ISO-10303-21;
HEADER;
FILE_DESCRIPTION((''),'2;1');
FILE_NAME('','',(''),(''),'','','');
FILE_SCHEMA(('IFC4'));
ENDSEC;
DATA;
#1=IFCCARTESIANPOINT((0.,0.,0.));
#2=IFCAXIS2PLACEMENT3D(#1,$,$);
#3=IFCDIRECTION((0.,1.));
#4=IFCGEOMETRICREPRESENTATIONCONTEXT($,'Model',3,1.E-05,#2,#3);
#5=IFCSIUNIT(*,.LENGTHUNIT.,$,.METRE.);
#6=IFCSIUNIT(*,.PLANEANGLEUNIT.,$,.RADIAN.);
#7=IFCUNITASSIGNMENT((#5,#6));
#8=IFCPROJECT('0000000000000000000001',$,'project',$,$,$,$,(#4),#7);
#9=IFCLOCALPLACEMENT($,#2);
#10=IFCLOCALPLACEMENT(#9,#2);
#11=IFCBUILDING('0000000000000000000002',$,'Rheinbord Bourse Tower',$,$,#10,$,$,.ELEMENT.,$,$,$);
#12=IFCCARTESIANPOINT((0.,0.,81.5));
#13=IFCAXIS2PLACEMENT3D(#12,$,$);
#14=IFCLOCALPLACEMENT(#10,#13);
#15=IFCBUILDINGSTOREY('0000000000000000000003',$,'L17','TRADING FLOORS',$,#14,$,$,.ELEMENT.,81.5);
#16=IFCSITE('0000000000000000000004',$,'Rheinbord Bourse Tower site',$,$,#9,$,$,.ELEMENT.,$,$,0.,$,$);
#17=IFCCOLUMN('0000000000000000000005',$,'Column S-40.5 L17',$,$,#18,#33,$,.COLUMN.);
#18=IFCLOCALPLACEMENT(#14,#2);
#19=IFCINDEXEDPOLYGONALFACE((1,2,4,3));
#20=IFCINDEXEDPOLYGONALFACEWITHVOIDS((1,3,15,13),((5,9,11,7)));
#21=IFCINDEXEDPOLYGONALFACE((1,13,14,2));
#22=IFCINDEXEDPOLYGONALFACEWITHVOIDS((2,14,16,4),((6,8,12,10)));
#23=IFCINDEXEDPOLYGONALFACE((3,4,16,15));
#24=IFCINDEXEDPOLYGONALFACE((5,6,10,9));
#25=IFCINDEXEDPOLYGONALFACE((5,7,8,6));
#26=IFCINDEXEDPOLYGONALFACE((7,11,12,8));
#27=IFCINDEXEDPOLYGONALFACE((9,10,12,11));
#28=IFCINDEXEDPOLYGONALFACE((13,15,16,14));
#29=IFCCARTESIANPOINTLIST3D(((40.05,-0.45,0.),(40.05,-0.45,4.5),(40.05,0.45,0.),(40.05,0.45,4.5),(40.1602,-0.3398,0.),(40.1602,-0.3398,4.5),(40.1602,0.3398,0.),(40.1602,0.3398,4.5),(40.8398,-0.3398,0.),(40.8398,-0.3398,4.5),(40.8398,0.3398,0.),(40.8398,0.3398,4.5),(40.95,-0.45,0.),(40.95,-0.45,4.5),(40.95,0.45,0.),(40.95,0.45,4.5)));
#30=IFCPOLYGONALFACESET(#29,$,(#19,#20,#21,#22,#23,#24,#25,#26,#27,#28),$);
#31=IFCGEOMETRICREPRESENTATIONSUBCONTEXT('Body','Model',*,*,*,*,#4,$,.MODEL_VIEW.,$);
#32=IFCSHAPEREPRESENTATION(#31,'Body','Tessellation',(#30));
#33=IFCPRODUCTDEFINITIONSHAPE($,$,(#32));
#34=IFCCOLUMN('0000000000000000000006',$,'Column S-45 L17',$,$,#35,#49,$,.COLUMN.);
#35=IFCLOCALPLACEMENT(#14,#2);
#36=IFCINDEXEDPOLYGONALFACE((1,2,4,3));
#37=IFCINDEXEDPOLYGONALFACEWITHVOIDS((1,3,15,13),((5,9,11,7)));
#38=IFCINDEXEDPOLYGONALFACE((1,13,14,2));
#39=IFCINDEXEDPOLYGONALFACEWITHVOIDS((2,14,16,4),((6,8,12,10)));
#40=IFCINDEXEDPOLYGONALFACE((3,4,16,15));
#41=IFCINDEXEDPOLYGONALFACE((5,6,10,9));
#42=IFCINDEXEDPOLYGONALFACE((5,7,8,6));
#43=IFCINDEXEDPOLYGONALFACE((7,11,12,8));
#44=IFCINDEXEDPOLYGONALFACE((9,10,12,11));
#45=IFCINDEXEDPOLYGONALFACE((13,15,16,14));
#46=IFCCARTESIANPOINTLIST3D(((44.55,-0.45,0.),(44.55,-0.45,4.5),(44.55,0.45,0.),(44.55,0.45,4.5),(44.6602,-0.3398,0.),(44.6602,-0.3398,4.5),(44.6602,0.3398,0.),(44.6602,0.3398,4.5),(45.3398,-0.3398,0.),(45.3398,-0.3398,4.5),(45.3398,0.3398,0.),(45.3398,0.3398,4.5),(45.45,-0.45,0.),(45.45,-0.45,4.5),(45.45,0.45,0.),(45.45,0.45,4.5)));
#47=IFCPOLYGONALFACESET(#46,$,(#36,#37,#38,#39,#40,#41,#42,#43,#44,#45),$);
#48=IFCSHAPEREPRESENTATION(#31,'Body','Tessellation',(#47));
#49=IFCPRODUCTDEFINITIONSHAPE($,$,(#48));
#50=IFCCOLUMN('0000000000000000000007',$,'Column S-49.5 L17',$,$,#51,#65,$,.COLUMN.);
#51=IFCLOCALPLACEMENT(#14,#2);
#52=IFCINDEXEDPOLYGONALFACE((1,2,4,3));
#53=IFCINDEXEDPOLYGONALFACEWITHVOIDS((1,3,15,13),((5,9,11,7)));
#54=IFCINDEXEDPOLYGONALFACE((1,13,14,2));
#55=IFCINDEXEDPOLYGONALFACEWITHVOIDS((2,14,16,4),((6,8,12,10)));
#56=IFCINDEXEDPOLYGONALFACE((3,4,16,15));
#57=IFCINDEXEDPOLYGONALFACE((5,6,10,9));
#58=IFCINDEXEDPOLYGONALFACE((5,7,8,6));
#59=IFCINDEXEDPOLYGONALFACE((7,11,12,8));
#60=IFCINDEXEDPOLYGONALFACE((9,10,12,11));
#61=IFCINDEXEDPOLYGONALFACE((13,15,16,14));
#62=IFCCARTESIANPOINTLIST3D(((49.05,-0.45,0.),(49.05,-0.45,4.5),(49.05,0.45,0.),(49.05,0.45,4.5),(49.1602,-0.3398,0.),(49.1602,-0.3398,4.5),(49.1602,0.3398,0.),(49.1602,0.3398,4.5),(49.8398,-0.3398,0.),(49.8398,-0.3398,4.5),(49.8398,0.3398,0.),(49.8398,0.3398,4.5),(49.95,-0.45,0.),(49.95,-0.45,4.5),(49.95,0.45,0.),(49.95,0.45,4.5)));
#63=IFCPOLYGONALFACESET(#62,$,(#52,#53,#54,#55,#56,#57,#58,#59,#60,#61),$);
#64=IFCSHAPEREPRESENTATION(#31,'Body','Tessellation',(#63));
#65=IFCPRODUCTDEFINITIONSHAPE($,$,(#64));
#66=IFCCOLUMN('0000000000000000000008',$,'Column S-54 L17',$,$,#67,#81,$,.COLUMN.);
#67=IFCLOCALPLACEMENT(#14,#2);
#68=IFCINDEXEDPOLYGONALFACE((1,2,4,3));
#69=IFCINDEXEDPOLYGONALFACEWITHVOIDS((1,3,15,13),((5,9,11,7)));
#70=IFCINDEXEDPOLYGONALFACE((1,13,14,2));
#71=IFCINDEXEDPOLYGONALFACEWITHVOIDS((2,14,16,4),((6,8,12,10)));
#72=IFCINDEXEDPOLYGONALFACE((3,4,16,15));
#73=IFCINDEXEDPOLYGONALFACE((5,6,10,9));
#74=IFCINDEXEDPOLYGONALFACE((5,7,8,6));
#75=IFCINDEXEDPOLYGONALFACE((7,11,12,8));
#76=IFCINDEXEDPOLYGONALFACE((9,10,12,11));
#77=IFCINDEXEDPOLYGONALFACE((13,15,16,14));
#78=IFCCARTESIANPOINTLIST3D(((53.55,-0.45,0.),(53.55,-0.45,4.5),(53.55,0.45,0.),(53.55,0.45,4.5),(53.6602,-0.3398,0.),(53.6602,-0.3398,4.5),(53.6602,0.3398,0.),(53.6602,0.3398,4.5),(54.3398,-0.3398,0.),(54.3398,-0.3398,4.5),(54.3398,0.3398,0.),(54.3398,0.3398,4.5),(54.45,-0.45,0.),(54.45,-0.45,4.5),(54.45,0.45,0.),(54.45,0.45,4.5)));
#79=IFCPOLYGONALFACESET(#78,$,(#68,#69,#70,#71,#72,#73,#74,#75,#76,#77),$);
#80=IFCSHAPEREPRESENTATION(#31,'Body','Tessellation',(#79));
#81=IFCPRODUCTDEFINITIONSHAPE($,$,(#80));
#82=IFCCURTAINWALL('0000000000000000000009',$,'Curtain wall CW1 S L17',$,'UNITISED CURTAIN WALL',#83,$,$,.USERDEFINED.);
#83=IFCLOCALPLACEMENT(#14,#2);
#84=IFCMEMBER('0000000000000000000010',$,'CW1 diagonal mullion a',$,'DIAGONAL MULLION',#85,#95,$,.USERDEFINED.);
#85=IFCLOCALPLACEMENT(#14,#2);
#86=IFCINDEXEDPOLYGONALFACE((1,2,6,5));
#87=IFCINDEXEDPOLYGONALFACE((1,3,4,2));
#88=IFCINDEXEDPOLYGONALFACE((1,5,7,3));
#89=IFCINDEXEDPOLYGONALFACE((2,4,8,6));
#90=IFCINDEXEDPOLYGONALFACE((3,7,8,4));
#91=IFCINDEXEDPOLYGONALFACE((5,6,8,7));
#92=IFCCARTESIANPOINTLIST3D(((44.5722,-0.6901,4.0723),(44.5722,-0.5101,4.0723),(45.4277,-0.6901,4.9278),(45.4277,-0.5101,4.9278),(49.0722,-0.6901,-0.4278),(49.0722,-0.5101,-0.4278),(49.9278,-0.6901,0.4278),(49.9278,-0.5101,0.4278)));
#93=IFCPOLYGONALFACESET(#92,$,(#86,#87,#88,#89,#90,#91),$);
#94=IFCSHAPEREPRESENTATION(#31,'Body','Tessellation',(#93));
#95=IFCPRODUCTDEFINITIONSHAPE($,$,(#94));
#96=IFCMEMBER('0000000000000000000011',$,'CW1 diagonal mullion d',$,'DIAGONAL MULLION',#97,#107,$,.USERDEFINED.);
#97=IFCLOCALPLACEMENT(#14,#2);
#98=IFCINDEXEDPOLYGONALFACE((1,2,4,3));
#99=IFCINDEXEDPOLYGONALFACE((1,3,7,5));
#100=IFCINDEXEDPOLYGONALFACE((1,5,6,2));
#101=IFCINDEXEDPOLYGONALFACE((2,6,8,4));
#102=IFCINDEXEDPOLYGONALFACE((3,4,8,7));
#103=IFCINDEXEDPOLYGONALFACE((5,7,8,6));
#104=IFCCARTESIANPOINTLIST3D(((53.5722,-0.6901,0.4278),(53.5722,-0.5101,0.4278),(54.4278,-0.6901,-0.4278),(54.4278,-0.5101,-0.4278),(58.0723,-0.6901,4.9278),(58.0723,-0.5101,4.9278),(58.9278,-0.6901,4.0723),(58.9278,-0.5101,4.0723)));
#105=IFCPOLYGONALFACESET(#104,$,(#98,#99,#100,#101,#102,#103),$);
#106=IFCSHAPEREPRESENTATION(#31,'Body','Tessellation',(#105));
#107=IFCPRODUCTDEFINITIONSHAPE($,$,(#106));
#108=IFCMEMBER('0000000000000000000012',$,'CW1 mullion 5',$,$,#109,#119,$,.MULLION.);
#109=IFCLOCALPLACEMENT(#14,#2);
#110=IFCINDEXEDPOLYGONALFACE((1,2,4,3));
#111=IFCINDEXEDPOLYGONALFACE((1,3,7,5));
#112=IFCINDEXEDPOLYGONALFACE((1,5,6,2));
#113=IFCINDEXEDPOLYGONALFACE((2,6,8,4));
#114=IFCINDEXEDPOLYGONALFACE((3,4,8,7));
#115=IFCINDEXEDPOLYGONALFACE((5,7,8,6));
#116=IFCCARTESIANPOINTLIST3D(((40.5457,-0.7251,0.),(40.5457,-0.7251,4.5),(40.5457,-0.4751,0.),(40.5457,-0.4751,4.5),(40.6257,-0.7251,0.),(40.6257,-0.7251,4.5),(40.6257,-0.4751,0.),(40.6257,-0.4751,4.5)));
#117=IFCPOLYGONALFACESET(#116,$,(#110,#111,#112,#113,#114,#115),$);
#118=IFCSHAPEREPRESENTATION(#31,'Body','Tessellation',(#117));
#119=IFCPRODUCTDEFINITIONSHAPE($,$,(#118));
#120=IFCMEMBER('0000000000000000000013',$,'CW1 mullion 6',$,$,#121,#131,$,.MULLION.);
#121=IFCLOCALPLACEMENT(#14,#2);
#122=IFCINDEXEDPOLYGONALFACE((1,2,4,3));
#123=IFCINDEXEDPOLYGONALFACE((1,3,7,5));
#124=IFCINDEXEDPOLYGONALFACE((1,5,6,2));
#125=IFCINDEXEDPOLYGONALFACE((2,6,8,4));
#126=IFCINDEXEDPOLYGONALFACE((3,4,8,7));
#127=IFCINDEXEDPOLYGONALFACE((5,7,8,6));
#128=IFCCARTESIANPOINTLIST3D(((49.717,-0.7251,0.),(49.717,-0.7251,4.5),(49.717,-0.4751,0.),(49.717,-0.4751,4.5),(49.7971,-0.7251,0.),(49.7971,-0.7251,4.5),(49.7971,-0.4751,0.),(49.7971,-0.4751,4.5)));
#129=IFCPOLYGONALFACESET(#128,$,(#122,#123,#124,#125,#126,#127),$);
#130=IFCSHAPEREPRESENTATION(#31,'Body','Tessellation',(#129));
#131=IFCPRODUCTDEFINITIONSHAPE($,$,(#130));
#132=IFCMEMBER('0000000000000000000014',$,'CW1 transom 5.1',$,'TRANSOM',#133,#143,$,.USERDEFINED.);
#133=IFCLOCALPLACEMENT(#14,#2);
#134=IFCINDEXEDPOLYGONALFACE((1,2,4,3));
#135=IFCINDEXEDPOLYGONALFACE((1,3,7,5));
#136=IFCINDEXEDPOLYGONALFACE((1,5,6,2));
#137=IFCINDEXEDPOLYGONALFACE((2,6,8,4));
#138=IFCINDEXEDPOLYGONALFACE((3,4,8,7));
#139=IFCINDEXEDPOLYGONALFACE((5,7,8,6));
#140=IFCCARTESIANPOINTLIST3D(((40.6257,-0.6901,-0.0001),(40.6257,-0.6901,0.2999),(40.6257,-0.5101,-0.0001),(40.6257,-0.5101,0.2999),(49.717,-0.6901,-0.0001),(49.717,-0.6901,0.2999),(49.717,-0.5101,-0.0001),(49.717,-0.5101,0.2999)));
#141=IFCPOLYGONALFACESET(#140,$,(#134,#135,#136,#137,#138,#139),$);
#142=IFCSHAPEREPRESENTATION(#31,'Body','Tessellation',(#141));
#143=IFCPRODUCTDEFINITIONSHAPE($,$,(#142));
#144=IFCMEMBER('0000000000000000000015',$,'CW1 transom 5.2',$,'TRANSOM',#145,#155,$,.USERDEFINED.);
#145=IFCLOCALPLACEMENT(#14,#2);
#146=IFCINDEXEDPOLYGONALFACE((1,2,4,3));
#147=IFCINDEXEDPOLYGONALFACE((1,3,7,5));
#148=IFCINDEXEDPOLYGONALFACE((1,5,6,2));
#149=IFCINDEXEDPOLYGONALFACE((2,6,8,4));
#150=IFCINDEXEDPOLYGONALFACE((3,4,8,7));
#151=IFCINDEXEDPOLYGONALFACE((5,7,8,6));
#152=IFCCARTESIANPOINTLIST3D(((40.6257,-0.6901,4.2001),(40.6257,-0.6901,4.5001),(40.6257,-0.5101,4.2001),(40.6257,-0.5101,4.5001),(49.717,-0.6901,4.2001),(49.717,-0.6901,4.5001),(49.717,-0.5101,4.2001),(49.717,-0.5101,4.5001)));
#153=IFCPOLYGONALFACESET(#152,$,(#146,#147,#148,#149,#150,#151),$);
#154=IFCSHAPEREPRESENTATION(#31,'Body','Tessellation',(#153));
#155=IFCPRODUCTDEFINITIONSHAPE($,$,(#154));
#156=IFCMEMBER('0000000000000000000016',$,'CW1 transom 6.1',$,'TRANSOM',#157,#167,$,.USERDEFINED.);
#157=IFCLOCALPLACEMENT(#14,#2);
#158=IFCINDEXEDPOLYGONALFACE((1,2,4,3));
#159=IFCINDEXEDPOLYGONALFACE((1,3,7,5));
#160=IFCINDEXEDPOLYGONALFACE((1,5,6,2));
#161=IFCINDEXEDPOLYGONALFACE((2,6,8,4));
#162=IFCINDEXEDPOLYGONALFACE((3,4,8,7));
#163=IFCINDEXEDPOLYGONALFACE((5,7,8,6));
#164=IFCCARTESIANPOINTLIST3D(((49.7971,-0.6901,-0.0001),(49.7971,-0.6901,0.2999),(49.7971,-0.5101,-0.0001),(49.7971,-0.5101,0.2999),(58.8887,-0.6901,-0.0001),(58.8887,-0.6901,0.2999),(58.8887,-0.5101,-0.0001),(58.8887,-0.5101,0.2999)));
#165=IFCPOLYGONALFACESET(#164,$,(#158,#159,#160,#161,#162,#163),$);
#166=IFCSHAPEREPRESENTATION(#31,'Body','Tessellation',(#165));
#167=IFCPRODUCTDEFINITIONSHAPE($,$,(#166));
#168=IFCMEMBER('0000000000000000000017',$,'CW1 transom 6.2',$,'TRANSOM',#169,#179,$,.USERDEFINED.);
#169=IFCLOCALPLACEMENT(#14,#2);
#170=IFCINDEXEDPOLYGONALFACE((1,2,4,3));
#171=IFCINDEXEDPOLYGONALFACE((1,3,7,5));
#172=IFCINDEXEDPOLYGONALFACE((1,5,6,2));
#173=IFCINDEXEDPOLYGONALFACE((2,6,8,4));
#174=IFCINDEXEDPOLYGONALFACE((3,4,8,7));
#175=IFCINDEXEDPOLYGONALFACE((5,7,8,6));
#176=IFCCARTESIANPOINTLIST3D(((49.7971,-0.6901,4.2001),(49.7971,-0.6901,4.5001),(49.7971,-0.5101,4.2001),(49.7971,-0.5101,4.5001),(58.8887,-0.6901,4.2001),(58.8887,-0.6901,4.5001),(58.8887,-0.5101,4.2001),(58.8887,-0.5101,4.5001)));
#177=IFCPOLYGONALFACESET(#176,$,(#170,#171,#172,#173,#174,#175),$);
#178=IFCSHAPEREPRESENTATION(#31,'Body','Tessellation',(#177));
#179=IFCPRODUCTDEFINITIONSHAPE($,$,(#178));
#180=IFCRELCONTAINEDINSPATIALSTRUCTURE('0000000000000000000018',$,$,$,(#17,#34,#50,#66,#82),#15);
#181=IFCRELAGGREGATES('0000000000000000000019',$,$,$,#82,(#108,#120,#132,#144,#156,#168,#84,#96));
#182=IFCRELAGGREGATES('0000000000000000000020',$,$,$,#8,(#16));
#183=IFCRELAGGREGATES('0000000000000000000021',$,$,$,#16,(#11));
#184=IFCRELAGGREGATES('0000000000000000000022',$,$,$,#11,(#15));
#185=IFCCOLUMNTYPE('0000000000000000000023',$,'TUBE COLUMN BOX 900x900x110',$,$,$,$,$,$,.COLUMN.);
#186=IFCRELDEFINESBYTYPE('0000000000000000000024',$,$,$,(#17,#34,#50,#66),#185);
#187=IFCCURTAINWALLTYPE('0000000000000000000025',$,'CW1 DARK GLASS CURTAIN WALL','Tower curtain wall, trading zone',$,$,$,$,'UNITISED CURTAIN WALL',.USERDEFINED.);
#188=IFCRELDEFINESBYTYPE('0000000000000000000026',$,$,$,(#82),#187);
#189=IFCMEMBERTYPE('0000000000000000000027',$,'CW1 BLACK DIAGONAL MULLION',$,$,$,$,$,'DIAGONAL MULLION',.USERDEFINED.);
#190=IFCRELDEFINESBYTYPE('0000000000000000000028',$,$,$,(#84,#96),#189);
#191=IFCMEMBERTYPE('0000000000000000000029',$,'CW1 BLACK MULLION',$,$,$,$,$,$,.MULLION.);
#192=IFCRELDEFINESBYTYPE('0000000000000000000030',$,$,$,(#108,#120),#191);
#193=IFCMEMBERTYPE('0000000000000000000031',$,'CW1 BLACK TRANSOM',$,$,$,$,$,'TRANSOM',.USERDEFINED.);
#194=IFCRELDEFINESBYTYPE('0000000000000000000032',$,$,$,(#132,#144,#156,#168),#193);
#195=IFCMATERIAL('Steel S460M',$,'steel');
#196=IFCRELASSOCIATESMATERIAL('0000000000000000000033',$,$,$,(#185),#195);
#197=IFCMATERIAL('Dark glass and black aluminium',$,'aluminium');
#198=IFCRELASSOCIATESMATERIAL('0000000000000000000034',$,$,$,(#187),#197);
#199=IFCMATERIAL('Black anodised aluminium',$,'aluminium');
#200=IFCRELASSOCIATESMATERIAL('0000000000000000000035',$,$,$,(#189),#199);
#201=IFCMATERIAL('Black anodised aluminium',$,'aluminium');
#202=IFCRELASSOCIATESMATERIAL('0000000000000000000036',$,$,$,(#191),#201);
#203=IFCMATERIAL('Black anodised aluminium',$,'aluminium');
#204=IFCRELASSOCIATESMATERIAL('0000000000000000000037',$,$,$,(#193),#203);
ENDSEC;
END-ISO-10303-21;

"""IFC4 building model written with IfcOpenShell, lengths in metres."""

from ifc_helpers import new_model, si_unit, direction, frame, origin, origin_2d, place, context, subcontext, project, spatial, rectangle, hollow_rectangle, extrude, material, material_profile, profile_set, type_object, element, aggregate, save


model = new_model("IFC4")

# Units and contexts
model_context = context("Model", 3, precision=1e-05, world=origin(), true_north=direction((0.0, 1.0)))
body_context = subcontext(model_context, "Body", "Model", "MODEL_VIEW")
ifc_project = project(units=[si_unit("LENGTHUNIT", "METRE"), si_unit("PLANEANGLEUNIT", "RADIAN")], contexts=[model_context])

# Site, building, storey
site_placement = place(None, origin())
site = spatial("IfcSite", under=ifc_project, at=site_placement, Name="Rheinbord Bourse Tower site", CompositionType="ELEMENT", RefElevation=0.0)
building_placement = place(site_placement, origin())
building = spatial("IfcBuilding", under=site, at=building_placement, Name="Rheinbord Bourse Tower", CompositionType="ELEMENT")
storey_placement = place(building_placement, frame((0.0, 0.0, 81.5)))
storey = spatial("IfcBuildingStorey", under=building, at=storey_placement, Name="L17", Description="TRADING FLOORS", CompositionType="ELEMENT", Elevation=81.5)

# Columns
ifc_material_1 = material(Name="Steel S460M", Category="steel")
ifc_material_profile_1 = material_profile(ifc_material_1, hollow_rectangle(XDim=0.8999, YDim=0.8999, WallThickness=0.1101, at=origin_2d()), Name="BOX 900x900x110")
ifc_profile_set_1 = profile_set([ifc_material_profile_1], Name="Steel S460M")
column_type = type_object("IfcColumnType", Name="TUBE COLUMN BOX 900x900x110", PredefinedType="COLUMN", material=ifc_profile_set_1)
for number, where, z_axis, x_axis, name in (
    (1, (40.5, 0.0, 0.0), (0.0, 0.0, 1.0), (0.0, 1.0, 0.0), "Column S-40.5 L17"),
    (2, (45.0, 0.0, 0.0), (0.0, 0.0, 1.0), (0.0, 1.0, 0.0), "Column S-45 L17"),
    (3, (49.5, 0.0, 0.0), (0.0, 0.0, 1.0), (0.0, 1.0, 0.0), "Column S-49.5 L17"),
    (4, (54.0, 0.0, 0.0), (0.0, 0.0, 1.0), (0.0, 1.0, 0.0), "Column S-54 L17"),
):
    element("IfcColumn", number, at=place(storey_placement, frame(where, z_axis=z_axis, x_axis=x_axis)), inside=storey, type_object=column_type, Name=name, PredefinedType="COLUMN", context=body_context, shape_type="SweptSolid", body=[
        extrude(hollow_rectangle(XDim=0.8999, YDim=0.8999, WallThickness=0.1101, at=origin_2d()), origin(), (0.0, 0.0, 1.0), 4.5),
    ])

# Curtain wall, members
ifc_material_2 = material(Name="Dark glass and black aluminium", Category="aluminium")
curtain_wall_type = type_object("IfcCurtainWallType", Name="CW1 DARK GLASS CURTAIN WALL", Description="Tower curtain wall, trading zone", ElementType="UNITISED CURTAIN WALL", PredefinedType="USERDEFINED", material=ifc_material_2)
curtain_wall_placement = place(storey_placement, origin())
curtain_wall = element("IfcCurtainWall", 5, at=curtain_wall_placement, inside=storey, type_object=curtain_wall_type, Name="Curtain wall CW1 S L17", ObjectType="UNITISED CURTAIN WALL", PredefinedType="USERDEFINED")
ifc_material_3 = material(Name="Black anodised aluminium", Category="aluminium")
ifc_material_profile_2 = material_profile(ifc_material_3, rectangle(XDim=0.1799, YDim=1.21, at=origin_2d()), Name="CW1 DIAGONAL MULLION 1210x180")
ifc_profile_set_2 = profile_set([ifc_material_profile_2], Name="Black anodised aluminium")
member_type_1 = type_object("IfcMemberType", Name="CW1 BLACK DIAGONAL MULLION", ElementType="DIAGONAL MULLION", PredefinedType="USERDEFINED", material=ifc_profile_set_2)
member_1_placement = place(storey_placement, frame((49.5, -0.6001, 0.0), z_axis=(-0.707107, 0.0, 0.707107), x_axis=(0.0, -1.0, 0.0)))
member_1 = element("IfcMember", 6, at=member_1_placement, type_object=member_type_1, Name="CW1 diagonal mullion a", ObjectType="DIAGONAL MULLION", PredefinedType="USERDEFINED", context=body_context, shape_type="SweptSolid", body=[
    extrude(rectangle(XDim=0.1799, YDim=1.21, at=origin_2d()), origin(), (0.0, 0.0, 1.0), 6.364),
])
member_2_placement = place(storey_placement, frame((54.0, -0.6001, 0.0), z_axis=(0.707107, 0.0, 0.707107), x_axis=(0.0, 1.0, 0.0)))
member_2 = element("IfcMember", 7, at=member_2_placement, type_object=member_type_1, Name="CW1 diagonal mullion d", ObjectType="DIAGONAL MULLION", PredefinedType="USERDEFINED", context=body_context, shape_type="SweptSolid", body=[
    extrude(rectangle(XDim=0.1799, YDim=1.21, at=origin_2d()), origin(), (0.0, 0.0, 1.0), 6.364),
])
ifc_material_4 = material(Name="Black anodised aluminium", Category="aluminium")
ifc_material_profile_3 = material_profile(ifc_material_4, rectangle(XDim=0.25, YDim=0.0801, at=origin_2d()), Name="CW1 MULLION 80x250")
ifc_profile_set_3 = profile_set([ifc_material_profile_3], Name="Black anodised aluminium")
member_type_2 = type_object("IfcMemberType", Name="CW1 BLACK MULLION", PredefinedType="MULLION", material=ifc_profile_set_3)
member_3_placement = place(storey_placement, frame((40.5857, -0.6001, 0.0), z_axis=(0.0, 0.0, 1.0), x_axis=(0.0, 1.0, 0.0)))
member_3 = element("IfcMember", 8, at=member_3_placement, type_object=member_type_2, Name="CW1 mullion 5", PredefinedType="MULLION", context=body_context, shape_type="SweptSolid", body=[
    extrude(rectangle(XDim=0.25, YDim=0.0801, at=origin_2d()), origin(), (0.0, 0.0, 1.0), 4.5),
])
member_4_placement = place(storey_placement, frame((49.7571, -0.6001, 0.0), z_axis=(0.0, 0.0, 1.0), x_axis=(0.0, 1.0, 0.0)))
member_4 = element("IfcMember", 9, at=member_4_placement, type_object=member_type_2, Name="CW1 mullion 6", PredefinedType="MULLION", context=body_context, shape_type="SweptSolid", body=[
    extrude(rectangle(XDim=0.25, YDim=0.0801, at=origin_2d()), origin(), (0.0, 0.0, 1.0), 4.5),
])
ifc_material_5 = material(Name="Black anodised aluminium", Category="aluminium")
ifc_material_profile_4 = material_profile(ifc_material_5, rectangle(XDim=0.1799, YDim=0.3, at=origin_2d()), Name="CW1 TRANSOM 300x180")
ifc_profile_set_4 = profile_set([ifc_material_profile_4], Name="Black anodised aluminium")
member_type_3 = type_object("IfcMemberType", Name="CW1 BLACK TRANSOM", ElementType="TRANSOM", PredefinedType="USERDEFINED", material=ifc_profile_set_4)
member_5_placement = place(storey_placement, frame((40.6257, -0.6001, 0.1499), z_axis=(1.0, 0.0, 0.0), x_axis=(0.0, 1.0, 0.0)))
member_5 = element("IfcMember", 10, at=member_5_placement, type_object=member_type_3, Name="CW1 transom 5.1", ObjectType="TRANSOM", PredefinedType="USERDEFINED", context=body_context, shape_type="SweptSolid", body=[
    extrude(rectangle(XDim=0.1799, YDim=0.3, at=origin_2d()), origin(), (0.0, 0.0, 1.0), 9.0913),
])
member_6_placement = place(storey_placement, frame((40.6257, -0.6001, 4.3501), z_axis=(1.0, 0.0, 0.0), x_axis=(0.0, 1.0, 0.0)))
member_6 = element("IfcMember", 11, at=member_6_placement, type_object=member_type_3, Name="CW1 transom 5.2", ObjectType="TRANSOM", PredefinedType="USERDEFINED", context=body_context, shape_type="SweptSolid", body=[
    extrude(rectangle(XDim=0.1799, YDim=0.3, at=origin_2d()), origin(), (0.0, 0.0, 1.0), 9.0913),
])
member_7_placement = place(storey_placement, frame((49.7971, -0.6001, 0.1499), z_axis=(1.0, 0.0, 0.0), x_axis=(0.0, 1.0, 0.0)))
member_7 = element("IfcMember", 12, at=member_7_placement, type_object=member_type_3, Name="CW1 transom 6.1", ObjectType="TRANSOM", PredefinedType="USERDEFINED", context=body_context, shape_type="SweptSolid", body=[
    extrude(rectangle(XDim=0.1799, YDim=0.3, at=origin_2d()), origin(), (0.0, 0.0, 1.0), 9.0916),
])
member_8_placement = place(storey_placement, frame((49.7971, -0.6001, 4.3501), z_axis=(1.0, 0.0, 0.0), x_axis=(0.0, 1.0, 0.0)))
member_8 = element("IfcMember", 13, at=member_8_placement, type_object=member_type_3, Name="CW1 transom 6.2", ObjectType="TRANSOM", PredefinedType="USERDEFINED", context=body_context, shape_type="SweptSolid", body=[
    extrude(rectangle(XDim=0.1799, YDim=0.3, at=origin_2d()), origin(), (0.0, 0.0, 1.0), 9.0916),
])

aggregate(curtain_wall, [member_3, member_4, member_5, member_6, member_7, member_8, member_1, member_2])

save(model, "model.ifc")
